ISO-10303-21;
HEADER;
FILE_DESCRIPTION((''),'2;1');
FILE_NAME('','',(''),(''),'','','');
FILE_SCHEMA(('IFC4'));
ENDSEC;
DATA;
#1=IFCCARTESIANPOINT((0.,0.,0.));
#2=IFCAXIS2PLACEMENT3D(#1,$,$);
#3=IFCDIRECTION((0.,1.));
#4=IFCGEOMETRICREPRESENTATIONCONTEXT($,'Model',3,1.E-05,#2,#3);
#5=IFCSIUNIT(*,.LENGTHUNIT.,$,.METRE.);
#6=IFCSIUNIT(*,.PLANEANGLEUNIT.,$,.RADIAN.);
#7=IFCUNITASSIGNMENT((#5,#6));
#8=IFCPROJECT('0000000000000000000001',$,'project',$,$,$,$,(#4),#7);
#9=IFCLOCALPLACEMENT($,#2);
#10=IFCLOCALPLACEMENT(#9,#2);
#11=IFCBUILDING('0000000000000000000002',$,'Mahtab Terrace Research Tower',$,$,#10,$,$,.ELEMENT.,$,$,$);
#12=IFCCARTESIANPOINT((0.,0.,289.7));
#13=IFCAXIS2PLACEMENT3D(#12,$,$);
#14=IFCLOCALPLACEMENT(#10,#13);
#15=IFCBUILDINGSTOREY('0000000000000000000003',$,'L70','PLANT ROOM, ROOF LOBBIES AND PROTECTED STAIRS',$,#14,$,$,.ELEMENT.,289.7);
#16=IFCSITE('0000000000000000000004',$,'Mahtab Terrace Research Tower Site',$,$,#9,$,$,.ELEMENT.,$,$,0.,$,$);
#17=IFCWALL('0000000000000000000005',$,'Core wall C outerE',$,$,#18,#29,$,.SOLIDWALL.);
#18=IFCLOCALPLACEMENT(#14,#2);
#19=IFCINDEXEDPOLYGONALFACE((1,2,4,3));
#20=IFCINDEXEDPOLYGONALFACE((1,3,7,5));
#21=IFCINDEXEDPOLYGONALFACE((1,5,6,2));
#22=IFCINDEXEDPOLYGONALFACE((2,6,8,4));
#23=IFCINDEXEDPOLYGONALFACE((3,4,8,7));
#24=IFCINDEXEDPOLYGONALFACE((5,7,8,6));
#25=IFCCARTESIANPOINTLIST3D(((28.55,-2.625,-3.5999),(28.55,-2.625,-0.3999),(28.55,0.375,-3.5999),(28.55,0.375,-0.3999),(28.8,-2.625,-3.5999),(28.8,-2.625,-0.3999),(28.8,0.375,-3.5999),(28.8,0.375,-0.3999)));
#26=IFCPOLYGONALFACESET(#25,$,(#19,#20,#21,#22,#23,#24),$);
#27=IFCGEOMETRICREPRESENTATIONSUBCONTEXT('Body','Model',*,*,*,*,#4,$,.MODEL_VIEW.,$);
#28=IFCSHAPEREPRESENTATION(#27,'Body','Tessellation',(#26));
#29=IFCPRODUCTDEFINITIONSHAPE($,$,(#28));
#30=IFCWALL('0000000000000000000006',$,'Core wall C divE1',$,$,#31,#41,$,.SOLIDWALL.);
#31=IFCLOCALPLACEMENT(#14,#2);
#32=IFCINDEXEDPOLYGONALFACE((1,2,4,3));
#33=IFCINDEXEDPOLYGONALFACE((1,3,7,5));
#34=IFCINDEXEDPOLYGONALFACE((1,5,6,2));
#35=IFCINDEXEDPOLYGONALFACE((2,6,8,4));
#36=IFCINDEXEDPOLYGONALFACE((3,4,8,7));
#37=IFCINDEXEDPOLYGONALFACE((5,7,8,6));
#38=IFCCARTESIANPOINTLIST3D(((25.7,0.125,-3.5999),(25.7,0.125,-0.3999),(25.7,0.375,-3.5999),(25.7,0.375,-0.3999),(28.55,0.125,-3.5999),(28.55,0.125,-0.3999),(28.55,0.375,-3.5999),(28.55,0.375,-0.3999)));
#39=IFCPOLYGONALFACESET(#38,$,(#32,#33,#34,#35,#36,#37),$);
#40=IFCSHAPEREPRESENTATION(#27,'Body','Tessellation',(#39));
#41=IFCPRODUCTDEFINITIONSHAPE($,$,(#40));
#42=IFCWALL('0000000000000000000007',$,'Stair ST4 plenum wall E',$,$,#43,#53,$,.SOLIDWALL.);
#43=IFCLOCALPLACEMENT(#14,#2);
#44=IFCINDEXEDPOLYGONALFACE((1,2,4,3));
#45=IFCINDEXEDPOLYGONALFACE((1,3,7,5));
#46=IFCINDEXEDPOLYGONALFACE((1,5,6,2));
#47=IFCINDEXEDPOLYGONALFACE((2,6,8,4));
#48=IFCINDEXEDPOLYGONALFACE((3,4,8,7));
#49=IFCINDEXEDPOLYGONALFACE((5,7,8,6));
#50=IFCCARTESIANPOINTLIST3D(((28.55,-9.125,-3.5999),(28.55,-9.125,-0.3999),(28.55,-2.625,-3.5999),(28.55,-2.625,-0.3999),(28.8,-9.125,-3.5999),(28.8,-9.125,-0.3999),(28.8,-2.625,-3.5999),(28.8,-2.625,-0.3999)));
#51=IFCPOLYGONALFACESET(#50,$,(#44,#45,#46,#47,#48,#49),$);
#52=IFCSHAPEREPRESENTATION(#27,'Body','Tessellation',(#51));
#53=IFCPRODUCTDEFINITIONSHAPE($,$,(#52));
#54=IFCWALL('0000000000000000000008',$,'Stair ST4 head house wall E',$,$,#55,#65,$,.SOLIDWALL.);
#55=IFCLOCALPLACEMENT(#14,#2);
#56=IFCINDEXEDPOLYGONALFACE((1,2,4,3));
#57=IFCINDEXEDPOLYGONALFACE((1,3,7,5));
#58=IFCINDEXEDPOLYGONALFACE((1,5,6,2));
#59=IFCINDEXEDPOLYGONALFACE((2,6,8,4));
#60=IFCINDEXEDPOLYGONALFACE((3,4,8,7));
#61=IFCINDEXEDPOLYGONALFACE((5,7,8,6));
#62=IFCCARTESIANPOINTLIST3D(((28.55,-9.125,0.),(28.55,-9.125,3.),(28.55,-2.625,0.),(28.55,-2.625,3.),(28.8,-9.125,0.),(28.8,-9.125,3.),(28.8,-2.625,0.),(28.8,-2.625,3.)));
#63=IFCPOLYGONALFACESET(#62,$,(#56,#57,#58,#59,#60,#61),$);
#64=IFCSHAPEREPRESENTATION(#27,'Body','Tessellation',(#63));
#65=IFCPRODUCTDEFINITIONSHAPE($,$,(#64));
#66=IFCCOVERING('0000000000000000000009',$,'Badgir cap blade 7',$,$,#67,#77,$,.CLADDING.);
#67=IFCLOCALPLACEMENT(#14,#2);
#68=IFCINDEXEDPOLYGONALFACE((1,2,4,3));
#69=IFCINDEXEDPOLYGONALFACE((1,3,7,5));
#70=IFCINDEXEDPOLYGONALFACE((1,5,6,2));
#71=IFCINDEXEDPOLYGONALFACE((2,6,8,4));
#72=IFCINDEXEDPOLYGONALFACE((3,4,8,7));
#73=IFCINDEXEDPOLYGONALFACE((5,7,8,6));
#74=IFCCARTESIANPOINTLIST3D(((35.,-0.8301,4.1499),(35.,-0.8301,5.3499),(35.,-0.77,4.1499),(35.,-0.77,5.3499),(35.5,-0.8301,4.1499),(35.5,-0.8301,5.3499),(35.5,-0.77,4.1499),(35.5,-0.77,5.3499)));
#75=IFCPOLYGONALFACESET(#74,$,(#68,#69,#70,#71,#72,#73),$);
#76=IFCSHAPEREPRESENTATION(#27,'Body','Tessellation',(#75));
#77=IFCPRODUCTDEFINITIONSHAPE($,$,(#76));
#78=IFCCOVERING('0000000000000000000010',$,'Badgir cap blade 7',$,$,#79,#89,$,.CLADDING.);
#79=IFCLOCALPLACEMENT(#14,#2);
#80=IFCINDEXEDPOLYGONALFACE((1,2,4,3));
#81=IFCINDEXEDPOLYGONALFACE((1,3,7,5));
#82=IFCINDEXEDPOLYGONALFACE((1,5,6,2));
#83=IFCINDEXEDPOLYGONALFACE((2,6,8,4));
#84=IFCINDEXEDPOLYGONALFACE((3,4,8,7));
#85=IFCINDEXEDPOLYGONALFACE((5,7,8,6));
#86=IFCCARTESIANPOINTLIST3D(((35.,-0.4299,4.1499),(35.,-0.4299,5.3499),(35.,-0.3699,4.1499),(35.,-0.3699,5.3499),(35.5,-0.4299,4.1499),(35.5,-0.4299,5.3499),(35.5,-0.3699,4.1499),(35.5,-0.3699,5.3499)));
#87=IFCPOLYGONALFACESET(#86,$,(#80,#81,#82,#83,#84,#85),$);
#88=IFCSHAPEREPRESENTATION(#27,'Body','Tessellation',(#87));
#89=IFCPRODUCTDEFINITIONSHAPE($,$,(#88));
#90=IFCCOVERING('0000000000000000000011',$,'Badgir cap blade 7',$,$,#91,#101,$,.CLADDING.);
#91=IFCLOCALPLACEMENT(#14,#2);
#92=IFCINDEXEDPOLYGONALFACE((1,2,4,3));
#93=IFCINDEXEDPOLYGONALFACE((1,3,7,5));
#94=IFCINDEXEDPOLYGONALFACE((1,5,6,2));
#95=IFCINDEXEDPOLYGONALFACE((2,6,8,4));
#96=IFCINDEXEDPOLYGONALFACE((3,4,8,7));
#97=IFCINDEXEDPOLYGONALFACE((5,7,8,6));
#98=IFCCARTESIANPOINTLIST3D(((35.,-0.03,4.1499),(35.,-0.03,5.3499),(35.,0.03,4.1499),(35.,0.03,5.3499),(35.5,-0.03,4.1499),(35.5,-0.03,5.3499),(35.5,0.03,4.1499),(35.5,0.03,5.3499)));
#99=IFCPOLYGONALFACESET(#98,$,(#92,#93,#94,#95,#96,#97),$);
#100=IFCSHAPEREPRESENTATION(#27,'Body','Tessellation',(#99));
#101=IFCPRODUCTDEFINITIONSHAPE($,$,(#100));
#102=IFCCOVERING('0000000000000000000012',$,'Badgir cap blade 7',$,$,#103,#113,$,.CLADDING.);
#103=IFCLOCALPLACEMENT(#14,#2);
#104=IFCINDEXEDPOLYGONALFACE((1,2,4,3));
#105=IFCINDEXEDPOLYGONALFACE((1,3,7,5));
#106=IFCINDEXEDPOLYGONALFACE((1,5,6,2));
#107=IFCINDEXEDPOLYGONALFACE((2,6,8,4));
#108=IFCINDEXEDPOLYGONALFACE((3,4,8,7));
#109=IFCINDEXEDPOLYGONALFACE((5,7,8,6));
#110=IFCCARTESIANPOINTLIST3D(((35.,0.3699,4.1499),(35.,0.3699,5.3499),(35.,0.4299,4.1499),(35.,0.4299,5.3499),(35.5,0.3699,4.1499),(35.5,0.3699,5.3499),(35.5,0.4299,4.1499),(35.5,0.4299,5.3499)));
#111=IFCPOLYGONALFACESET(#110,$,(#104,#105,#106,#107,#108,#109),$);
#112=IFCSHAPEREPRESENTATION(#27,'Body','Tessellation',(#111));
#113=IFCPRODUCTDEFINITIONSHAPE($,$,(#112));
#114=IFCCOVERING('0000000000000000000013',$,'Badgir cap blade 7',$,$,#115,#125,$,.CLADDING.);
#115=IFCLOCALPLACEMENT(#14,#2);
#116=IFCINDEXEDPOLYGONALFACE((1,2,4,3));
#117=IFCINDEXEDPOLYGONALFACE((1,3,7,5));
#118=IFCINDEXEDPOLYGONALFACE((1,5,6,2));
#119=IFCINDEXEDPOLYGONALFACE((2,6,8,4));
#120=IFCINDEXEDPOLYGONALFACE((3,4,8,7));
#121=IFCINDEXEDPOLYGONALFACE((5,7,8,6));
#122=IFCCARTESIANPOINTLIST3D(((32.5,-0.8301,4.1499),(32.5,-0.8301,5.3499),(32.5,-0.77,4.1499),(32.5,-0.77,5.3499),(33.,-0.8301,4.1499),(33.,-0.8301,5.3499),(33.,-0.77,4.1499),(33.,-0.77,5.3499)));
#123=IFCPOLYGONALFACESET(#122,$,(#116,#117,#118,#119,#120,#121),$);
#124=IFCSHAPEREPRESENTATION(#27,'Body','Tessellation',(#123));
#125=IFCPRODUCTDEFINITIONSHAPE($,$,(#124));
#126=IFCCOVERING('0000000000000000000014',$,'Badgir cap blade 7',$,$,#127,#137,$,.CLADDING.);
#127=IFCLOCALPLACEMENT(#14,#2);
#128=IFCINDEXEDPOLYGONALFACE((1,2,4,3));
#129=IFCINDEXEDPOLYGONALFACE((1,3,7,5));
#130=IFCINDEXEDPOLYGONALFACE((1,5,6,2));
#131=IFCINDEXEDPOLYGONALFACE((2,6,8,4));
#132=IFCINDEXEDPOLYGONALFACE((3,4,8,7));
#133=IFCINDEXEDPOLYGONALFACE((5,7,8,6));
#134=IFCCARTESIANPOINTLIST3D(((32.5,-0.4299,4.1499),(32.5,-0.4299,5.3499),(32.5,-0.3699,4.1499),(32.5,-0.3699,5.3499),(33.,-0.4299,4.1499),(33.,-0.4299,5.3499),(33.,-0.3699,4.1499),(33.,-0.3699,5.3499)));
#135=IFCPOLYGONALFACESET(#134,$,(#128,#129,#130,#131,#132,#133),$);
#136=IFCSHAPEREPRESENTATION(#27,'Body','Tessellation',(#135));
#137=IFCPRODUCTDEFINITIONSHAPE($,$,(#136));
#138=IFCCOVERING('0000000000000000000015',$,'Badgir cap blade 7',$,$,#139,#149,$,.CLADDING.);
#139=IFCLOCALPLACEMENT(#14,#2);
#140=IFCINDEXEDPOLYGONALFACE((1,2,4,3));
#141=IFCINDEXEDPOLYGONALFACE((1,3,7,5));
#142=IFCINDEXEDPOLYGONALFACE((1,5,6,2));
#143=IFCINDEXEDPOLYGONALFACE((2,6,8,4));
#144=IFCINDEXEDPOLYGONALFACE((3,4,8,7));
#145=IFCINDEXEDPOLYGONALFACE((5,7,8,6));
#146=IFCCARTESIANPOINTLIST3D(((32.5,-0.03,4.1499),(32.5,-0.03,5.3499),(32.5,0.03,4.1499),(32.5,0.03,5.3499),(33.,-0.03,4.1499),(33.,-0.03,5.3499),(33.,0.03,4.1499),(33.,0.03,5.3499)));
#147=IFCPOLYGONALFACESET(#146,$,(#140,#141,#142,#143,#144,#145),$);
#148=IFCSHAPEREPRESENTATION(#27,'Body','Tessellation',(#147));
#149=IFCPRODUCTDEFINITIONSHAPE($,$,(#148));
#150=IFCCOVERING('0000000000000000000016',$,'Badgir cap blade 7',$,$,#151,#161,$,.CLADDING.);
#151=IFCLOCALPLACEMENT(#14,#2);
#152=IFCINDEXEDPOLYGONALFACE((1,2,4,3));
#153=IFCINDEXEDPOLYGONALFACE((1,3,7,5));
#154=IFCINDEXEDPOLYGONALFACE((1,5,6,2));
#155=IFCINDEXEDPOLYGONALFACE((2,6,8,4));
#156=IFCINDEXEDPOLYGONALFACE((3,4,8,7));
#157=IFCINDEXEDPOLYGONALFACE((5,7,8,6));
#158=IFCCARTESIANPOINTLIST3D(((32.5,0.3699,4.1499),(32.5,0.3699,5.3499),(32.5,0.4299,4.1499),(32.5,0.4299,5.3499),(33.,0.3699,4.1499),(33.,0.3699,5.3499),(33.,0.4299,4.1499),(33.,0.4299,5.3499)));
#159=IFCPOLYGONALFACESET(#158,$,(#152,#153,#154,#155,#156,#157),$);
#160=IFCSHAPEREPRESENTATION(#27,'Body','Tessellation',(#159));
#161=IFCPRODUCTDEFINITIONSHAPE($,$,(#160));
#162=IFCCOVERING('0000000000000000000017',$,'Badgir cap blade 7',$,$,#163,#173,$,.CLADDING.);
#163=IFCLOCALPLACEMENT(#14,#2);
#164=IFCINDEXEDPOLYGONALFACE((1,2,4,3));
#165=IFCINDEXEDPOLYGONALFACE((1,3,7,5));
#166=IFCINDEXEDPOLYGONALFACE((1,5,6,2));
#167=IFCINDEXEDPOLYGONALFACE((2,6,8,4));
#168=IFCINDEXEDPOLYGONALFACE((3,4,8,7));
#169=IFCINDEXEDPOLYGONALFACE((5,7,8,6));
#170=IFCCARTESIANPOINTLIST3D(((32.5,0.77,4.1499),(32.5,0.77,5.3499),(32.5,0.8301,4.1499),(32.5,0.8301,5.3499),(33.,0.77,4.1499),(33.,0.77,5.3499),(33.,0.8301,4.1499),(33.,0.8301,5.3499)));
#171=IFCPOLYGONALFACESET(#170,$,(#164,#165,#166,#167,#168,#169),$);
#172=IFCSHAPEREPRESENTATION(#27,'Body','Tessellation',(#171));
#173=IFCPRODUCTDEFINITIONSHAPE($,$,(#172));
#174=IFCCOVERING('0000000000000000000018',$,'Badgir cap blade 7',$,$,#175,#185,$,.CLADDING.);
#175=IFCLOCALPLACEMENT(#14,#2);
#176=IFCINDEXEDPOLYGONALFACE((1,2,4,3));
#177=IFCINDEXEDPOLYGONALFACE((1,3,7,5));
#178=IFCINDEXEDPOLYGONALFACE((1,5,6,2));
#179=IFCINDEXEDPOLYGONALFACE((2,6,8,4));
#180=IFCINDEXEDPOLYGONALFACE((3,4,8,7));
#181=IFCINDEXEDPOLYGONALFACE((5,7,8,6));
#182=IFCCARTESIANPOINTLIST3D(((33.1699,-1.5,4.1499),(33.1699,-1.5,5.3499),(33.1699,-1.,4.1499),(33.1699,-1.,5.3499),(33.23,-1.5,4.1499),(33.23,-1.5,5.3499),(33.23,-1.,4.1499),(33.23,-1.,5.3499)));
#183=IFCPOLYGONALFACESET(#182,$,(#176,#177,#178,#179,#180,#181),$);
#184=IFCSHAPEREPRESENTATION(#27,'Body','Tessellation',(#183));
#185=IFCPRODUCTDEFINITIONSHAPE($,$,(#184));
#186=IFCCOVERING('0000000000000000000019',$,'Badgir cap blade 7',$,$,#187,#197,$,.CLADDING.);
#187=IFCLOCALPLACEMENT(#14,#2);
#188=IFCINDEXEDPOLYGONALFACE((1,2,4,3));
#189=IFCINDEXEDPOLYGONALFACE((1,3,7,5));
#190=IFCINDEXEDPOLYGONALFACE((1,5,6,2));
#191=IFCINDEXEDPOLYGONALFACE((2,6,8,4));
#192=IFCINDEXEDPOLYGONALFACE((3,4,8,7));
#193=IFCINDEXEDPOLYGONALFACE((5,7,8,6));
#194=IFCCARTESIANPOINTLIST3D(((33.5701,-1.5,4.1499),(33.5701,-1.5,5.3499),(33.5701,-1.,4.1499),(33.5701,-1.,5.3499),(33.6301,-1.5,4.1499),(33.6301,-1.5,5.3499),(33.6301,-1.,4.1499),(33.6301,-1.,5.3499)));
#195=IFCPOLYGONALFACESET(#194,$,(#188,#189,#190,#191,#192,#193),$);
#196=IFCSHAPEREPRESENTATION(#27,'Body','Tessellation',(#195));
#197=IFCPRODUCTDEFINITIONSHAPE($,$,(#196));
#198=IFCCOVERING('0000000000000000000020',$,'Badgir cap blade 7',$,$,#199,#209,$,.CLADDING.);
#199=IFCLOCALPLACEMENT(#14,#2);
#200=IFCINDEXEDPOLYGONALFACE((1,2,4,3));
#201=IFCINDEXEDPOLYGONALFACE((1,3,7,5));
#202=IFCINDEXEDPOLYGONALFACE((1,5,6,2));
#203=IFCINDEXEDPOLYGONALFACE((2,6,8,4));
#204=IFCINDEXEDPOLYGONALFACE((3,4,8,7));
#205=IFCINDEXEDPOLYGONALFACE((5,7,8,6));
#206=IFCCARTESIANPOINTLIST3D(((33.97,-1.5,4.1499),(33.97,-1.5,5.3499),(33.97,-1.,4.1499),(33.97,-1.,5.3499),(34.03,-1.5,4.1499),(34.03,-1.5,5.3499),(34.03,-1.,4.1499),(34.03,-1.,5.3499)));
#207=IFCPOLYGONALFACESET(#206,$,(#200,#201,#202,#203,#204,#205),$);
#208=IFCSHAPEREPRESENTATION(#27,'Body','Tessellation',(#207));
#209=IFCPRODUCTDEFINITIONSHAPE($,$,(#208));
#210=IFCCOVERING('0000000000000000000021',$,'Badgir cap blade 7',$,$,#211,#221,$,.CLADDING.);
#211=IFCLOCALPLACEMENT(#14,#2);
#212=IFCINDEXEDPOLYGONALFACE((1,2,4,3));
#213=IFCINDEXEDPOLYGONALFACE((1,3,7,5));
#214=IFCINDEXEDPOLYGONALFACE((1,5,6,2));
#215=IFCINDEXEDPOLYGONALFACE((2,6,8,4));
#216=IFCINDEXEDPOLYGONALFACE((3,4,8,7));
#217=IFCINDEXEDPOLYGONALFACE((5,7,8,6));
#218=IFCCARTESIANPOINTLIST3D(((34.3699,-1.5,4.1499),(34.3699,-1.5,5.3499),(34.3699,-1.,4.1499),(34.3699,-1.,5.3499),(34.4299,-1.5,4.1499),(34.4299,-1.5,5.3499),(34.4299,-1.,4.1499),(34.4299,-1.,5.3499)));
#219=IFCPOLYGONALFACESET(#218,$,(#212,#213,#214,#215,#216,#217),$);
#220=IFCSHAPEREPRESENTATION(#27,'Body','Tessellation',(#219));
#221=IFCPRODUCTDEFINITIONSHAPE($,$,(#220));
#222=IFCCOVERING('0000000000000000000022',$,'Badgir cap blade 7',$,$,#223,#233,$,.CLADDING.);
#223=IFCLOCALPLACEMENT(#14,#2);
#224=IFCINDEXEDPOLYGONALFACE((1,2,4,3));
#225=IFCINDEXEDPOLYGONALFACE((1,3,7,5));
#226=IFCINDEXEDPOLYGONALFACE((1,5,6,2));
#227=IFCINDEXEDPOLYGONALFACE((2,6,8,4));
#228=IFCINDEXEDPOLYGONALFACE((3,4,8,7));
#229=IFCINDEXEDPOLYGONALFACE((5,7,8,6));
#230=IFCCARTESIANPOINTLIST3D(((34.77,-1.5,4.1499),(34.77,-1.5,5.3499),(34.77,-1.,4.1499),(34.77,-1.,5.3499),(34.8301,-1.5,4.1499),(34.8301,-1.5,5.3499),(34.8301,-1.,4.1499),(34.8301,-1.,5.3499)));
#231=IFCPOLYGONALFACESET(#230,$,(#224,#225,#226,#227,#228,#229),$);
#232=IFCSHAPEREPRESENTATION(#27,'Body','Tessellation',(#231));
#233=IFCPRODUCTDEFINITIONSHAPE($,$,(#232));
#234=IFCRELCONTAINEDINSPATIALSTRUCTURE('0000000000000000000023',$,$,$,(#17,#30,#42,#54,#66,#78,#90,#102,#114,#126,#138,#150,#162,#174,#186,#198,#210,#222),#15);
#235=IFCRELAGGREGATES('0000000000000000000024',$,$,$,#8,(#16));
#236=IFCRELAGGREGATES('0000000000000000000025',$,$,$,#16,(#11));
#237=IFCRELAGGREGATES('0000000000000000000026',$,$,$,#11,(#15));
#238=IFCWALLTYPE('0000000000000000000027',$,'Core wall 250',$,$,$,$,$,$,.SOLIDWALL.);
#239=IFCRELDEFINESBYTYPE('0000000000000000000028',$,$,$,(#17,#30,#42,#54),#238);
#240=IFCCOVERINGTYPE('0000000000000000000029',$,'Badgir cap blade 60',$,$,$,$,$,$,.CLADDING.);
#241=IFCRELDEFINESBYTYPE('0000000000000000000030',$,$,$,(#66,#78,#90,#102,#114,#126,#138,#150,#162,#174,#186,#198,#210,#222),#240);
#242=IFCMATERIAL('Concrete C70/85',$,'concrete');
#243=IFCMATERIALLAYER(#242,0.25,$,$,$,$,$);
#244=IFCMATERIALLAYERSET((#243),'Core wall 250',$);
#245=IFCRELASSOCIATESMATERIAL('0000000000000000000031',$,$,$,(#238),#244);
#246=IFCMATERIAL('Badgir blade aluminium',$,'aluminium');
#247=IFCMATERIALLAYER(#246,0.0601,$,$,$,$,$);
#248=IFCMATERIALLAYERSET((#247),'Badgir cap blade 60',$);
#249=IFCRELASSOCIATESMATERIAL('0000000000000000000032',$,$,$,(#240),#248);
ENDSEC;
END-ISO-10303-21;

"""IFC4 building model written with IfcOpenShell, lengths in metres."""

from ifc_helpers import new_model, si_unit, direction, frame, frame_2d, origin, origin_2d, place, context, subcontext, project, spatial, rectangle, extrude, material, layer, layer_set, type_object, element, save


model = new_model("IFC4")

# Units and contexts
model_context = context("Model", 3, precision=1e-05, world=origin(), true_north=direction((0.0, 1.0)))
body_context = subcontext(model_context, "Body", "Model", "MODEL_VIEW")
ifc_project = project(units=[si_unit("LENGTHUNIT", "METRE"), si_unit("PLANEANGLEUNIT", "RADIAN")], contexts=[model_context])

# Site, building, storey
site_placement = place(None, origin())
site = spatial("IfcSite", under=ifc_project, at=site_placement, Name="Mahtab Terrace Research Tower Site", CompositionType="ELEMENT", RefElevation=0.0)
building_placement = place(site_placement, origin())
building = spatial("IfcBuilding", under=site, at=building_placement, Name="Mahtab Terrace Research Tower", CompositionType="ELEMENT")
storey_placement = place(building_placement, frame((0.0, 0.0, 289.7)))
storey = spatial("IfcBuildingStorey", under=building, at=storey_placement, Name="L70", Description="PLANT ROOM, ROOF LOBBIES AND PROTECTED STAIRS", CompositionType="ELEMENT", Elevation=289.7)

# Walls
ifc_material_1 = material(Name="Concrete C70/85", Category="concrete")
ifc_layer_1 = layer(ifc_material_1, 0.25)
ifc_layer_set_1 = layer_set([ifc_layer_1], Name="Core wall 250")
wall_type = type_object("IfcWallType", Name="Core wall 250", PredefinedType="SOLIDWALL", material=ifc_layer_set_1)
wall_1_placement = place(storey_placement, frame((28.675, -2.625, -3.5999), z_axis=(0.0, 0.0, 1.0), x_axis=(0.0, 1.0, 0.0)))
element("IfcWall", 1, at=wall_1_placement, inside=storey, type_object=wall_type, Name="Core wall C outerE", PredefinedType="SOLIDWALL", context=body_context, shape_type="SweptSolid", body=[
    extrude(rectangle(XDim=3.0, YDim=0.25, at=frame_2d((1.5, 0.0))), origin(), (0.0, 0.0, 1.0), 3.2),
])
wall_2_placement = place(storey_placement, frame((25.7, 0.25, -3.5999), z_axis=(0.0, 0.0, 1.0), x_axis=(1.0, 0.0, 0.0)))
element("IfcWall", 2, at=wall_2_placement, inside=storey, type_object=wall_type, Name="Core wall C divE1", PredefinedType="SOLIDWALL", context=body_context, shape_type="SweptSolid", body=[
    extrude(rectangle(XDim=2.8501, YDim=0.25, at=frame_2d((1.425, 0.0))), origin(), (0.0, 0.0, 1.0), 3.2),
])
wall_3_placement = place(storey_placement, frame((28.675, -9.125, -3.5999), z_axis=(0.0, 0.0, 1.0), x_axis=(0.0, 1.0, 0.0)))
element("IfcWall", 3, at=wall_3_placement, inside=storey, type_object=wall_type, Name="Stair ST4 plenum wall E", PredefinedType="SOLIDWALL", context=body_context, shape_type="SweptSolid", body=[
    extrude(rectangle(XDim=6.5, YDim=0.25, at=frame_2d((3.25, 0.0))), origin(), (0.0, 0.0, 1.0), 3.2),
])
wall_4_placement = place(storey_placement, frame((28.675, -9.125, 0.0), z_axis=(0.0, 0.0, 1.0), x_axis=(0.0, 1.0, 0.0)))
element("IfcWall", 4, at=wall_4_placement, inside=storey, type_object=wall_type, Name="Stair ST4 head house wall E", PredefinedType="SOLIDWALL", context=body_context, shape_type="SweptSolid", body=[
    extrude(rectangle(XDim=6.5, YDim=0.25, at=frame_2d((3.25, 0.0))), origin(), (0.0, 0.0, 1.0), 3.0),
])

# Coverings
ifc_material_2 = material(Name="Badgir blade aluminium", Category="aluminium")
ifc_layer_2 = layer(ifc_material_2, 0.0601)
ifc_layer_set_2 = layer_set([ifc_layer_2], Name="Badgir cap blade 60")
covering_type_1 = type_object("IfcCoveringType", Name="Badgir cap blade 60", PredefinedType="CLADDING", material=ifc_layer_set_2)
for number, where, z_axis, x_axis, name in (
    (5, (35.25, -0.8, 4.1499), (0.0, 0.0, 1.0), (1.0, 0.0, 0.0), "Badgir cap blade 7"),
    (6, (35.25, -0.3999, 4.1499), (0.0, 0.0, 1.0), (1.0, 0.0, 0.0), "Badgir cap blade 7"),
    (7, (35.25, 0.0, 4.1499), (0.0, 0.0, 1.0), (1.0, 0.0, 0.0), "Badgir cap blade 7"),
    (8, (35.25, 0.3999, 4.1499), (0.0, 0.0, 1.0), (1.0, 0.0, 0.0), "Badgir cap blade 7"),
    (9, (32.75, -0.8, 4.1499), (0.0, 0.0, 1.0), (1.0, 0.0, 0.0), "Badgir cap blade 7"),
    (10, (32.75, -0.3999, 4.1499), (0.0, 0.0, 1.0), (1.0, 0.0, 0.0), "Badgir cap blade 7"),
    (11, (32.75, 0.0, 4.1499), (0.0, 0.0, 1.0), (1.0, 0.0, 0.0), "Badgir cap blade 7"),
    (12, (32.75, 0.3999, 4.1499), (0.0, 0.0, 1.0), (1.0, 0.0, 0.0), "Badgir cap blade 7"),
    (13, (32.75, 0.8, 4.1499), (0.0, 0.0, 1.0), (1.0, 0.0, 0.0), "Badgir cap blade 7"),
):
    element("IfcCovering", number, at=place(storey_placement, frame(where, z_axis=z_axis, x_axis=x_axis)), inside=storey, type_object=covering_type_1, Name=name, PredefinedType="CLADDING", context=body_context, shape_type="SweptSolid", body=[
        extrude(rectangle(XDim=0.5, YDim=0.0601, at=origin_2d()), origin(), (0.0, 0.0, 1.0), 1.2),
    ])
for number, where, z_axis, x_axis, name in (
    (14, (33.2, -1.25, 4.1499), (0.0, 0.0, 1.0), (1.0, 0.0, 0.0), "Badgir cap blade 7"),
    (15, (33.6001, -1.25, 4.1499), (0.0, 0.0, 1.0), (1.0, 0.0, 0.0), "Badgir cap blade 7"),
    (16, (34.0, -1.25, 4.1499), (0.0, 0.0, 1.0), (1.0, 0.0, 0.0), "Badgir cap blade 7"),
    (17, (34.3999, -1.25, 4.1499), (0.0, 0.0, 1.0), (1.0, 0.0, 0.0), "Badgir cap blade 7"),
    (18, (34.8, -1.25, 4.1499), (0.0, 0.0, 1.0), (1.0, 0.0, 0.0), "Badgir cap blade 7"),
):
    element("IfcCovering", number, at=place(storey_placement, frame(where, z_axis=z_axis, x_axis=x_axis)), inside=storey, type_object=covering_type_1, Name=name, PredefinedType="CLADDING", context=body_context, shape_type="SweptSolid", body=[
        extrude(rectangle(XDim=0.0601, YDim=0.5, at=origin_2d()), origin(), (0.0, 0.0, 1.0), 1.2),
    ])

save(model, "model.ifc")
